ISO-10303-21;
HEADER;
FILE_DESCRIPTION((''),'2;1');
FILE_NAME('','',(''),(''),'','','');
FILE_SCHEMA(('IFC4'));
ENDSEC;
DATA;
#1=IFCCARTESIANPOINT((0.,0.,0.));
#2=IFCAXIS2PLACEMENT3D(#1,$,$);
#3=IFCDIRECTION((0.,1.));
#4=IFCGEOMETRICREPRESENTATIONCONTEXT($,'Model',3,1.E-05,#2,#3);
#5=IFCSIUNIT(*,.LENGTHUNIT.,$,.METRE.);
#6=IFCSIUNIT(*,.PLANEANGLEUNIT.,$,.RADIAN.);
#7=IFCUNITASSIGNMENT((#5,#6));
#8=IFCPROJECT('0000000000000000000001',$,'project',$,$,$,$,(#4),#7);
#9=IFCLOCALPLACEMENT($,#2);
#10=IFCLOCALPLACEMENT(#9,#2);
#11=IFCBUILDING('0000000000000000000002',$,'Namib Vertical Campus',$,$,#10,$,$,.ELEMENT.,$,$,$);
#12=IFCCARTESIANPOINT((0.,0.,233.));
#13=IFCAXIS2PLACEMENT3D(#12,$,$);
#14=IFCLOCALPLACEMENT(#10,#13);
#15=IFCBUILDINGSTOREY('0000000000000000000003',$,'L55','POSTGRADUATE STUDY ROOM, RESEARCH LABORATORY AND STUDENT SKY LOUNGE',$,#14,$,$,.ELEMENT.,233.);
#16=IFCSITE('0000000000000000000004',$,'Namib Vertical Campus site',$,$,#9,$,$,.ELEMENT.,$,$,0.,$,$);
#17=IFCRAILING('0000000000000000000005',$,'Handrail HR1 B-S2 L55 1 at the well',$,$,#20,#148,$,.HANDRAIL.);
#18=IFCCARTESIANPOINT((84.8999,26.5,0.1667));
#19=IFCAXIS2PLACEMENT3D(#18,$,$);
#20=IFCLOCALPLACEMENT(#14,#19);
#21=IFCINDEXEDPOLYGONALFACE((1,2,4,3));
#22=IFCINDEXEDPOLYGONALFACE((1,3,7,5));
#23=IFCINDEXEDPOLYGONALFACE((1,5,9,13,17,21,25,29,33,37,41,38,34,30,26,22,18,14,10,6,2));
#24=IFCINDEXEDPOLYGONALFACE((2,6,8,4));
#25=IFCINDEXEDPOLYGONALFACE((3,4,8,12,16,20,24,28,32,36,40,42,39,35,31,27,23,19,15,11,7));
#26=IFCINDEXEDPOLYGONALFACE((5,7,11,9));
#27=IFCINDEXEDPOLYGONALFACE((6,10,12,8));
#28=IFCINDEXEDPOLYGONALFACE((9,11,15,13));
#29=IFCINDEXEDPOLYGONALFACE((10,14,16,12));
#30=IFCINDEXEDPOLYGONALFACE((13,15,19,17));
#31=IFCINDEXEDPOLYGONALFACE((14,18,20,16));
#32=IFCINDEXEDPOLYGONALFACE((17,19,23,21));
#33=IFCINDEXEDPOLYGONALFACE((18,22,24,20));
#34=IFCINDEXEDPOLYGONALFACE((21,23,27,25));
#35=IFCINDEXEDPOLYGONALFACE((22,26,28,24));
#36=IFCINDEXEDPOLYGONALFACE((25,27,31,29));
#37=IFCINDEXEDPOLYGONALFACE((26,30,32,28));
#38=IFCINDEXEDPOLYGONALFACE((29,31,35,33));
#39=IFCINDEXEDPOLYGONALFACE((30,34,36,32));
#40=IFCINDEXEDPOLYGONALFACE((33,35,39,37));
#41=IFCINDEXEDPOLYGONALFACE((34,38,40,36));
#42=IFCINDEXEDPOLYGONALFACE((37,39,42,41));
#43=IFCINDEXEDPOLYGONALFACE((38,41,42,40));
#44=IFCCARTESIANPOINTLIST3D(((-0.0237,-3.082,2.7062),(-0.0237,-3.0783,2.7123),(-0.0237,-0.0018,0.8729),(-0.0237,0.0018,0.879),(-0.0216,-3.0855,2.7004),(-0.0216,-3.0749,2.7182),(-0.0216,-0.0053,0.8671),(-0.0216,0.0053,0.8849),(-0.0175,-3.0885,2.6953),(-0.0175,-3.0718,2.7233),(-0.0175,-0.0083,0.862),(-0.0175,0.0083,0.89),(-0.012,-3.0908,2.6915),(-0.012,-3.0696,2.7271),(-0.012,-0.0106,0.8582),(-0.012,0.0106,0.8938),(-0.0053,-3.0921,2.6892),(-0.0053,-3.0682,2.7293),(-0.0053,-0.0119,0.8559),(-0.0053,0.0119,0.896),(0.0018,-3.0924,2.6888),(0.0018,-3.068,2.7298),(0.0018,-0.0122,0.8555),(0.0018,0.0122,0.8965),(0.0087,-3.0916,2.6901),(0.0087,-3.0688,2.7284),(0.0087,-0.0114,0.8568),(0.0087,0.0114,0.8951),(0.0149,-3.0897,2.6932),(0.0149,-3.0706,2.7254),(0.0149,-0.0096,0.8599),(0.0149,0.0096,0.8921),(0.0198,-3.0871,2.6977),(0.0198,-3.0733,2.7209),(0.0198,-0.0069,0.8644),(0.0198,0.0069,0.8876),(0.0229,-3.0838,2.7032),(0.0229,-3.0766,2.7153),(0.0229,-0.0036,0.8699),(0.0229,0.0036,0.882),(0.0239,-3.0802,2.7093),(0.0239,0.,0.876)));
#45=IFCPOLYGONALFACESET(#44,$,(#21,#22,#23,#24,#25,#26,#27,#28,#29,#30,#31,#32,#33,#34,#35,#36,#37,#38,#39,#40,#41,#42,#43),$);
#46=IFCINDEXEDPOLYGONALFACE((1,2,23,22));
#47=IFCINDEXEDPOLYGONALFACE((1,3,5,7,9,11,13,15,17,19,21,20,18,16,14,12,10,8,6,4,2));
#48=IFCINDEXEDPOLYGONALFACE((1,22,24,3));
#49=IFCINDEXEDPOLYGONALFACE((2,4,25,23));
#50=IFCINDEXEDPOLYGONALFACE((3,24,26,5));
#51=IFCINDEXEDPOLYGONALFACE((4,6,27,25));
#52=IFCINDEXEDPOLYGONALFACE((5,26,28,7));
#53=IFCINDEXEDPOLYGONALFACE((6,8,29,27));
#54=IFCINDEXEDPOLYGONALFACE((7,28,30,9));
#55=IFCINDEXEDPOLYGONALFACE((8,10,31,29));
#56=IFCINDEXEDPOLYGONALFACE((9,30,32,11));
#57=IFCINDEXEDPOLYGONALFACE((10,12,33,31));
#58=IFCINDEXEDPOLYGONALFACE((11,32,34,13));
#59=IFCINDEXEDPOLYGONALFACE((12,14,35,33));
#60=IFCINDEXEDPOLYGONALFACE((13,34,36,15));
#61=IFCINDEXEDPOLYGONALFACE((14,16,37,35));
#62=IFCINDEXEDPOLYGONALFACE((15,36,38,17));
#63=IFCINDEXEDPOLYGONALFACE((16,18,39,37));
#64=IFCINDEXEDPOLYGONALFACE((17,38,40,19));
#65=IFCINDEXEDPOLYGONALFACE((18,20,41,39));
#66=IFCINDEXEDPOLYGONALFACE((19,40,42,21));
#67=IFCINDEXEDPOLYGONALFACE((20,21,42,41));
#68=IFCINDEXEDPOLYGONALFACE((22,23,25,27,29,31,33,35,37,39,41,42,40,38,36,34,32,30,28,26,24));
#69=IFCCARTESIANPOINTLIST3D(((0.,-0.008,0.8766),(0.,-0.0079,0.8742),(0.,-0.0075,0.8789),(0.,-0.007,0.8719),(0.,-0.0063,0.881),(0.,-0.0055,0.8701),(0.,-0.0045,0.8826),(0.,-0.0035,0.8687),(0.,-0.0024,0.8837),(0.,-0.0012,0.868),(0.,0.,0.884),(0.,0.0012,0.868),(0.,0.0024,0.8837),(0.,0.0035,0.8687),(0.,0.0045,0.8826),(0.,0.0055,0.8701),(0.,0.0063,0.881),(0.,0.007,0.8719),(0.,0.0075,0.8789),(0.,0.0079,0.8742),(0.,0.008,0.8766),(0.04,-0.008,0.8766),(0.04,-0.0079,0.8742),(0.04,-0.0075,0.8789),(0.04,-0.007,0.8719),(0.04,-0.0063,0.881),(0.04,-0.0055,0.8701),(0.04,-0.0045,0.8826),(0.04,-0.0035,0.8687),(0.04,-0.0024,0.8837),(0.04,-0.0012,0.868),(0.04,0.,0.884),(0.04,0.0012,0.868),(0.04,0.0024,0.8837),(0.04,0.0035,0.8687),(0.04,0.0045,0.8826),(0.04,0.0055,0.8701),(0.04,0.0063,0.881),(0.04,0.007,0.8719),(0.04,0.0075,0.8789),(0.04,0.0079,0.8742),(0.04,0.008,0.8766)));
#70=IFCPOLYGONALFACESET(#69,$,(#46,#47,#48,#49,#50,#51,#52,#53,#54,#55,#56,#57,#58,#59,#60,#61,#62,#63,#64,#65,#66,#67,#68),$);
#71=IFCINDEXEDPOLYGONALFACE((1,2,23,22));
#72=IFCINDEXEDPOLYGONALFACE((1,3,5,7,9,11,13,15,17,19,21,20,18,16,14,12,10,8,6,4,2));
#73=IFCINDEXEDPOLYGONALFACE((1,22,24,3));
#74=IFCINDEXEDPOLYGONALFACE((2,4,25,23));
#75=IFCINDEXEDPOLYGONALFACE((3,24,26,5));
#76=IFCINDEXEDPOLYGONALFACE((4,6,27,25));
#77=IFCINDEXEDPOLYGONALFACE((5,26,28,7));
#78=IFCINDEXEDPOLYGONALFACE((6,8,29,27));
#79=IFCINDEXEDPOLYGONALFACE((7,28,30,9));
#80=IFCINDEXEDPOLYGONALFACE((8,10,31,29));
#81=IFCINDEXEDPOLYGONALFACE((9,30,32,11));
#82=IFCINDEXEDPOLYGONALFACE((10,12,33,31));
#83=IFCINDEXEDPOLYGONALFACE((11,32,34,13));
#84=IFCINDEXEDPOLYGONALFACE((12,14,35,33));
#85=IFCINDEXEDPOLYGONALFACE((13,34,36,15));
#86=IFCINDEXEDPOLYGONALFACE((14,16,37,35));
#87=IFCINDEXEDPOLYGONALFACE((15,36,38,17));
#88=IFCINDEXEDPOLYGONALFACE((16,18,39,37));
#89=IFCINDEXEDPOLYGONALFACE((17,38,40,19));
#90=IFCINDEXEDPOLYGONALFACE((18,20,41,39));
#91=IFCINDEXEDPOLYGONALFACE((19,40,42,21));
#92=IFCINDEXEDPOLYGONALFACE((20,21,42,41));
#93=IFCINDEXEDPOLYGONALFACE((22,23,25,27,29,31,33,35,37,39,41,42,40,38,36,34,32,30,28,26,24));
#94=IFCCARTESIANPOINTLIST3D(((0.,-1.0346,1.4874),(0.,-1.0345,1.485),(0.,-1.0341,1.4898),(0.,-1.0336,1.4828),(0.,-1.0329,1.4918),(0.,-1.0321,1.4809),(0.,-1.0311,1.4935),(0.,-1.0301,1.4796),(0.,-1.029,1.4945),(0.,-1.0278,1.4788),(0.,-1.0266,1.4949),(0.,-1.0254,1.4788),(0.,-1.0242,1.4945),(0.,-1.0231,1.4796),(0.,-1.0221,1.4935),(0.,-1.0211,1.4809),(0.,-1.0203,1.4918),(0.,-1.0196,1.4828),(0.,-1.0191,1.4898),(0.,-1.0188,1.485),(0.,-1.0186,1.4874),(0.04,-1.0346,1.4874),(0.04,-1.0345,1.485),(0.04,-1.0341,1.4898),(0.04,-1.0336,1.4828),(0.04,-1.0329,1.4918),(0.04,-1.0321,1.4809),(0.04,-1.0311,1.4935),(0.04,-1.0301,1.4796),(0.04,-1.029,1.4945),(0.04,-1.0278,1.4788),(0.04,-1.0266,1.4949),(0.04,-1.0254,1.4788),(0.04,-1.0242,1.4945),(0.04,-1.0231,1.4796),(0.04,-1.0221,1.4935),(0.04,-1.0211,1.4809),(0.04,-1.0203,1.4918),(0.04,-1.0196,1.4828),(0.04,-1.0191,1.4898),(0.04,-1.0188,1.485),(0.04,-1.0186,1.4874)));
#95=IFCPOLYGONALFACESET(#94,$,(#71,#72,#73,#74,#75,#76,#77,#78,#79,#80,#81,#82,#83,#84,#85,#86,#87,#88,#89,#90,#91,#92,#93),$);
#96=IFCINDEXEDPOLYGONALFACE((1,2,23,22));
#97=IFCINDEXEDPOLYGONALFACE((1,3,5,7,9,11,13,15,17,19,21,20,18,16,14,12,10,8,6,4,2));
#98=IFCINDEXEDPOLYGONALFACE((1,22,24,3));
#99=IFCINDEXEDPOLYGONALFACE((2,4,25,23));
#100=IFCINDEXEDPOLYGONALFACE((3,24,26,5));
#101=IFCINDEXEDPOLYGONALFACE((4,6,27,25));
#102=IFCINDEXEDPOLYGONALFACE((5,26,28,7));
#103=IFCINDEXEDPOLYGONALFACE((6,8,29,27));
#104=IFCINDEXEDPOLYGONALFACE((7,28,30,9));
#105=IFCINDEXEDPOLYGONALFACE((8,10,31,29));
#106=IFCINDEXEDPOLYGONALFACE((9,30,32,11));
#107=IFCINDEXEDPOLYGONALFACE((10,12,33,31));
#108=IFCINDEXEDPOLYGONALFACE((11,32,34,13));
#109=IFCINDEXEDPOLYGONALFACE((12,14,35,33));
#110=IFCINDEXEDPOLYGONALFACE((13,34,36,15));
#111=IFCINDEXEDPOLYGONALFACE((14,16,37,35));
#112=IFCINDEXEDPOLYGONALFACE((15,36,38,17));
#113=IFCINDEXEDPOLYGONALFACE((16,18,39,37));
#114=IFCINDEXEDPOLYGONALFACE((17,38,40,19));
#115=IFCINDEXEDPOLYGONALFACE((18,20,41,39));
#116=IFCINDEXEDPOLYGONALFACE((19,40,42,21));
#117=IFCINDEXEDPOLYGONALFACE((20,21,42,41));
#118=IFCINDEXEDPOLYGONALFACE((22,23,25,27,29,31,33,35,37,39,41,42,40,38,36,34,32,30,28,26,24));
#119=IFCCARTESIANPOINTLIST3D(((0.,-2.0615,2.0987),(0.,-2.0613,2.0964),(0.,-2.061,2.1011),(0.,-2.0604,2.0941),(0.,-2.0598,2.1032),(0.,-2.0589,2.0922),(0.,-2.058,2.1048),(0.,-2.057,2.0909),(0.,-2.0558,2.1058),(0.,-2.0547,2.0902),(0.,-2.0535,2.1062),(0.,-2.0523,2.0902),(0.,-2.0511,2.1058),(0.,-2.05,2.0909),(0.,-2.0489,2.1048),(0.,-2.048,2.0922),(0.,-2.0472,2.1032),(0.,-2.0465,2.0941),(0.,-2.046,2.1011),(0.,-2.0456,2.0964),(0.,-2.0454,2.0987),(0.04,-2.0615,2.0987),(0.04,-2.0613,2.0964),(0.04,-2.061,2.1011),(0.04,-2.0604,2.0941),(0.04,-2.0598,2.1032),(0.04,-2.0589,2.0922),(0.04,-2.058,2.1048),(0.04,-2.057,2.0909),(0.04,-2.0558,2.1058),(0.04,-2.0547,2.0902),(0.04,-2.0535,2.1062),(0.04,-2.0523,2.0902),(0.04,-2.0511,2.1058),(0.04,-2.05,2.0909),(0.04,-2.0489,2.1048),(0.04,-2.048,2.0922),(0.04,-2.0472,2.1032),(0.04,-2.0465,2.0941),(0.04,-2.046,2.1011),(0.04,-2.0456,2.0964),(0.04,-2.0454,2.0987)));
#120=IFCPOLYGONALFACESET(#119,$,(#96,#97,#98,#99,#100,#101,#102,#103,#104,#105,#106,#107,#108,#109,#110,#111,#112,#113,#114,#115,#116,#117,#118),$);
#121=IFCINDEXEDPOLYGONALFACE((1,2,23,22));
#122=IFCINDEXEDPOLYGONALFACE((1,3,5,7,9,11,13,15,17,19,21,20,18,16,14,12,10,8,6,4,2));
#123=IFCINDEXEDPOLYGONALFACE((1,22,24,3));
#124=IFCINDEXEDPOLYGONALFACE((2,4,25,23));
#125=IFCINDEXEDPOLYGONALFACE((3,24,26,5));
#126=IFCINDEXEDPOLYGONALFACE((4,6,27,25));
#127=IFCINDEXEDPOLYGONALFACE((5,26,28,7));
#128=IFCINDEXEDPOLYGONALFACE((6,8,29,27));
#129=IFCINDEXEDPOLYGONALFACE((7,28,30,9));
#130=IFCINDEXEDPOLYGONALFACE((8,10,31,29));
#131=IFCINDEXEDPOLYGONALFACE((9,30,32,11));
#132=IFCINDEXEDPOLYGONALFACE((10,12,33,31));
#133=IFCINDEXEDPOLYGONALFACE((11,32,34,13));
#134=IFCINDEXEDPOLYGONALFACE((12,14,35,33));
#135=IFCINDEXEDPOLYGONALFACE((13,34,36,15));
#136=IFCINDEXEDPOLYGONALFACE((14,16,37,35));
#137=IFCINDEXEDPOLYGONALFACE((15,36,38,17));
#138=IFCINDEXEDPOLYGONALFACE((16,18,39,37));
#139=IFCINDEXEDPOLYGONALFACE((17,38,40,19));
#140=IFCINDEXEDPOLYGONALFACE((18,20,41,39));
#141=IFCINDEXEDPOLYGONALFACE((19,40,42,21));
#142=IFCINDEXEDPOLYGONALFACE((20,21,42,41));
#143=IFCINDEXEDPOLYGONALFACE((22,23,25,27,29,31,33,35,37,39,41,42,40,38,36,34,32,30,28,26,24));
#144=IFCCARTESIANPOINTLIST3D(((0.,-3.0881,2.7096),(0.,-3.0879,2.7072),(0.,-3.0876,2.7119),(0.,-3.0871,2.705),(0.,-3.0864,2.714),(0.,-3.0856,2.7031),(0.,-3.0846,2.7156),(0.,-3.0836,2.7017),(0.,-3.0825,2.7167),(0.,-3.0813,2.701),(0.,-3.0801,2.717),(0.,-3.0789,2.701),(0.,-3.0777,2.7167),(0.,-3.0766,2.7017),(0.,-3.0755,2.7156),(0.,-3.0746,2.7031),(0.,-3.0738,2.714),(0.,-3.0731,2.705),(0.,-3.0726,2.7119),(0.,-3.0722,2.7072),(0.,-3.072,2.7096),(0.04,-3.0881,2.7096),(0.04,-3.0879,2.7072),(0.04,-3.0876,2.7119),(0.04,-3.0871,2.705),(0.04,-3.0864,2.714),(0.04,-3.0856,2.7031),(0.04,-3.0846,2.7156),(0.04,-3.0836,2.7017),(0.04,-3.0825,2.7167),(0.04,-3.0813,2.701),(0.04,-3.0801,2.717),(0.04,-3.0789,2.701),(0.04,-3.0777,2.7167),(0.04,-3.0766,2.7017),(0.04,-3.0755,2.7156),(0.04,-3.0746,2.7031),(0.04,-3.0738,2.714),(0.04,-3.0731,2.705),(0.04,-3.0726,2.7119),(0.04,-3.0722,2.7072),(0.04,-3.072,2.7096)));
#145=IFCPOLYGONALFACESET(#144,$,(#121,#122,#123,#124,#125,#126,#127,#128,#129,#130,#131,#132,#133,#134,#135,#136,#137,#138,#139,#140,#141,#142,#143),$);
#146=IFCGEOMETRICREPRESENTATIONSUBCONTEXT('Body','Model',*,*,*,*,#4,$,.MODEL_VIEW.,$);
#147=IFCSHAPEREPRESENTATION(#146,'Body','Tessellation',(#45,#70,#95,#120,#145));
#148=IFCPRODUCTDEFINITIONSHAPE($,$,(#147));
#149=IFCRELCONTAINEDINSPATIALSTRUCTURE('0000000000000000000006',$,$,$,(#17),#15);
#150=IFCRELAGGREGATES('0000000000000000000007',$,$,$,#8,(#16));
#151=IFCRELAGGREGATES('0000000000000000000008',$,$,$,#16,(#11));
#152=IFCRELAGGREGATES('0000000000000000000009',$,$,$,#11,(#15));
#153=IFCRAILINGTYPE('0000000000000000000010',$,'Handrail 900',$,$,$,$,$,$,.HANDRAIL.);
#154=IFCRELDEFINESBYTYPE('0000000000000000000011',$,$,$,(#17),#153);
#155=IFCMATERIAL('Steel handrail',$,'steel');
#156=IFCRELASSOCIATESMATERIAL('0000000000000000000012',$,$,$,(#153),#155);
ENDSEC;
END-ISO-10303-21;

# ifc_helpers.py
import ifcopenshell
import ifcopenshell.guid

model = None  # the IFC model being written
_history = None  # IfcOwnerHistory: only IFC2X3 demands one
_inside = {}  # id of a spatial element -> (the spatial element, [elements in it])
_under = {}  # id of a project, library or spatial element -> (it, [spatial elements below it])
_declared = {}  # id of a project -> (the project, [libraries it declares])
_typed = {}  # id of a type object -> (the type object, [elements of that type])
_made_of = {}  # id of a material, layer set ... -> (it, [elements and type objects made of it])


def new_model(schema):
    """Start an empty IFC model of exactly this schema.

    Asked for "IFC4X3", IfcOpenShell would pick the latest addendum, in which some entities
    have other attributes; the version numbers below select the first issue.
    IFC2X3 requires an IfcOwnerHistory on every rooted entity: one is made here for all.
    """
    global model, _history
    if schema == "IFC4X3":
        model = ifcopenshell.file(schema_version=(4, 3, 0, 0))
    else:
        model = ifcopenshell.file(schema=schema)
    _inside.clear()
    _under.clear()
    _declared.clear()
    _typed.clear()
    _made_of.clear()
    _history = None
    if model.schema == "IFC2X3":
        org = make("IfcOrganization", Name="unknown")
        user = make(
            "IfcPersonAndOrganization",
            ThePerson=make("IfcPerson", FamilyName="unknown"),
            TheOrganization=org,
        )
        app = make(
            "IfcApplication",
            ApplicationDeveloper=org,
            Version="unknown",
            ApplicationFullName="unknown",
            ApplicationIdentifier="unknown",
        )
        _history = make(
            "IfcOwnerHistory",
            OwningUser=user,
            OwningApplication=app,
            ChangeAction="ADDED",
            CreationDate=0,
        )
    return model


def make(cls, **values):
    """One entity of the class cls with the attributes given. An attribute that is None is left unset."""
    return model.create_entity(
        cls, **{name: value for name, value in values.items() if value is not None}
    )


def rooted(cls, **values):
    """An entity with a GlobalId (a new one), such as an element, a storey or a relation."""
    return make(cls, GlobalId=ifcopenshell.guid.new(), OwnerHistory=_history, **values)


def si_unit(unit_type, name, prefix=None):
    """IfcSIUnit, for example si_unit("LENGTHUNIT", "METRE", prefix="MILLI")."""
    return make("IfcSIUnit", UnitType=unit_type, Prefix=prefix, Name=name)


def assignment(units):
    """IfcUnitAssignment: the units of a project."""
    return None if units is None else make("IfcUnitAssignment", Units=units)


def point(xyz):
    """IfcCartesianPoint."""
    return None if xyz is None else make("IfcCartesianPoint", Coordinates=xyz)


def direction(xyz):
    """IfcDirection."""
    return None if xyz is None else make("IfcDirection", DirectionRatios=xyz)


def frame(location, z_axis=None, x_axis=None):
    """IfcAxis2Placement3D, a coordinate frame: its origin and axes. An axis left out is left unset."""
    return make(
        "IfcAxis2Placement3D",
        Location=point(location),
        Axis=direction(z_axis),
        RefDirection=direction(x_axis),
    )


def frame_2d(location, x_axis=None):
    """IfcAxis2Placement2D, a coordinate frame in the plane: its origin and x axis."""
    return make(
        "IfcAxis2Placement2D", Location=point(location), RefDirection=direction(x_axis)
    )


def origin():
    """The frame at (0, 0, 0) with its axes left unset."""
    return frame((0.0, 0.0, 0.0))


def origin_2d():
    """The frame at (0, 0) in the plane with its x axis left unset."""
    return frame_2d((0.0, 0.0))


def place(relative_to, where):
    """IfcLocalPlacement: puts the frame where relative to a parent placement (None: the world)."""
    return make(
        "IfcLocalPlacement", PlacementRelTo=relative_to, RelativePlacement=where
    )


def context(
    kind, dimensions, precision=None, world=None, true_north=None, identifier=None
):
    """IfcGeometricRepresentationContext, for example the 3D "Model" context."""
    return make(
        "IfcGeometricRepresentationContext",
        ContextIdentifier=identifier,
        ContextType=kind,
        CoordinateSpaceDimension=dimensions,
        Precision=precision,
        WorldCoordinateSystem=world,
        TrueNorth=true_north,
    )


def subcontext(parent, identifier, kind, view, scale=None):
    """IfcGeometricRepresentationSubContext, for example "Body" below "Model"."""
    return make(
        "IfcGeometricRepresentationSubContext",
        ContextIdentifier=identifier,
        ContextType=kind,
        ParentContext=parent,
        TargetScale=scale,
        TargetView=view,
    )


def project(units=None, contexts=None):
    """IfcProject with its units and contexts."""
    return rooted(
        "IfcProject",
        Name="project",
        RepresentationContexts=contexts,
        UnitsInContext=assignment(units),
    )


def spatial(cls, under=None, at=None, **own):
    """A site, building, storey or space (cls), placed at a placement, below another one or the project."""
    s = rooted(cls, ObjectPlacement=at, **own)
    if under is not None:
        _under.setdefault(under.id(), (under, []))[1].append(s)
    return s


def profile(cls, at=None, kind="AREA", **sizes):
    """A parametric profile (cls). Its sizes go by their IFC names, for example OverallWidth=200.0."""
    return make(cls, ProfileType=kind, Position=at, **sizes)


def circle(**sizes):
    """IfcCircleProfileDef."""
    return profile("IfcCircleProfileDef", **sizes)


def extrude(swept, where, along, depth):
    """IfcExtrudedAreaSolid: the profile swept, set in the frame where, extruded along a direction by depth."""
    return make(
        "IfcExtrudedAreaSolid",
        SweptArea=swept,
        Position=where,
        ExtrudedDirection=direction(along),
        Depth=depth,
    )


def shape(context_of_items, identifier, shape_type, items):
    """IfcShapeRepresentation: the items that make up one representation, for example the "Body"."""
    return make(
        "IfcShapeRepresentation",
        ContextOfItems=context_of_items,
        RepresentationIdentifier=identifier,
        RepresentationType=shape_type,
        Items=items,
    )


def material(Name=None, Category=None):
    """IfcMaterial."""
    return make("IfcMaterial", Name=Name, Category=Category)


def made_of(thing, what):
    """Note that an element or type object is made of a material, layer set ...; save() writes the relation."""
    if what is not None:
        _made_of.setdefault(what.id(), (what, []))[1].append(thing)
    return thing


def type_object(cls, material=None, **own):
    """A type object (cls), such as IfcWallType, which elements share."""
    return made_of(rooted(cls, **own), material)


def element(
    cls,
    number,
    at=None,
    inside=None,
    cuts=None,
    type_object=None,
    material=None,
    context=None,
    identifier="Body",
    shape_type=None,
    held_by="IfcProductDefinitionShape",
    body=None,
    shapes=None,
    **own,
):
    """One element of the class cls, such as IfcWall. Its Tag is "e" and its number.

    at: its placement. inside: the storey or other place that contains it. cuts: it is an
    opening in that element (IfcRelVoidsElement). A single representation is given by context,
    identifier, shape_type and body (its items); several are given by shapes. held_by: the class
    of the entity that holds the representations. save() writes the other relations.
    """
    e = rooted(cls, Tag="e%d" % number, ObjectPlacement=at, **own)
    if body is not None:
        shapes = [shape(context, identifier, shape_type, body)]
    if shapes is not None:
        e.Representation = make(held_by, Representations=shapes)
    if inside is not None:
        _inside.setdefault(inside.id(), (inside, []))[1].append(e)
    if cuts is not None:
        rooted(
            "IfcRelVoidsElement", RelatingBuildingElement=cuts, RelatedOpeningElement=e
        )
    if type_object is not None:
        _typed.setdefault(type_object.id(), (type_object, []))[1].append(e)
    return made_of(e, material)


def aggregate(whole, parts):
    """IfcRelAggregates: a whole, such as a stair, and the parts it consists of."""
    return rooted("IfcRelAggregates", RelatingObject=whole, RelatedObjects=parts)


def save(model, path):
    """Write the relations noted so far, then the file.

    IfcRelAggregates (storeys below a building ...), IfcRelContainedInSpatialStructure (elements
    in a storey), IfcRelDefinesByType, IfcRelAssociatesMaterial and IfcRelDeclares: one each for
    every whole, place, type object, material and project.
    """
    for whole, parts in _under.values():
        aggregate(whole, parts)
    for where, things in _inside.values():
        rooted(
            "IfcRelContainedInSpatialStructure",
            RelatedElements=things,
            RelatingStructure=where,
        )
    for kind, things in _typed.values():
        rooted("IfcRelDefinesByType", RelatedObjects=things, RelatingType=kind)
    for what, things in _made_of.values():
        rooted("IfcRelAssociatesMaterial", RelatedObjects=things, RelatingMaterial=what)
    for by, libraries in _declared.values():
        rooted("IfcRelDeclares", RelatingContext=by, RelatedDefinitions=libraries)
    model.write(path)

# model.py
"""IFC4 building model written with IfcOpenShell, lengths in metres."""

from ifc_helpers import new_model, si_unit, direction, frame, origin, origin_2d, place, context, subcontext, project, spatial, circle, extrude, material, type_object, element, save


model = new_model("IFC4")

# Units and contexts
model_context = context("Model", 3, precision=1e-05, world=origin(), true_north=direction((0.0, 1.0)))
body_context = subcontext(model_context, "Body", "Model", "MODEL_VIEW")
ifc_project = project(units=[si_unit("LENGTHUNIT", "METRE"), si_unit("PLANEANGLEUNIT", "RADIAN")], contexts=[model_context])

# Site, building, storey
site_placement = place(None, origin())
site = spatial("IfcSite", under=ifc_project, at=site_placement, Name="Namib Vertical Campus site", CompositionType="ELEMENT", RefElevation=0.0)
building_placement = place(site_placement, origin())
building = spatial("IfcBuilding", under=site, at=building_placement, Name="Namib Vertical Campus", CompositionType="ELEMENT")
storey_placement = place(building_placement, frame((0.0, 0.0, 233.0)))
storey = spatial("IfcBuildingStorey", under=building, at=storey_placement, Name="L55", Description="POSTGRADUATE STUDY ROOM, RESEARCH LABORATORY AND STUDENT SKY LOUNGE", CompositionType="ELEMENT", Elevation=233.0)

# Railing
ifc_material_1 = material(Name="Steel handrail", Category="steel")
railing_type_1 = type_object("IfcRailingType", Name="Handrail 900", PredefinedType="HANDRAIL", material=ifc_material_1)
railing_1_placement = place(storey_placement, frame((84.8999, 26.5, 0.1667)))
element("IfcRailing", 1, at=railing_1_placement, inside=storey, type_object=railing_type_1, Name="Handrail HR1 B-S2 L55 1 at the well", PredefinedType="HANDRAIL", context=body_context, shape_type="SweptSolid", body=[
    extrude(circle(Radius=0.0239, at=origin_2d()), frame((0.0, 0.0, 0.876), z_axis=(0.0, -0.859309, 0.511458), x_axis=(1.0, 0.0, 0.0)), (0.0, 0.0, 1.0), 3.5845),
    extrude(circle(Radius=0.0081, at=origin_2d()), frame((0.0, 0.0, 0.876), z_axis=(1.0, 0.0, 0.0), x_axis=(0.0, 0.0, 1.0)), (0.0, 0.0, 1.0), 0.04),
    extrude(circle(Radius=0.0081, at=origin_2d()), frame((0.0, -1.0266, 1.4868), z_axis=(1.0, 0.0, 0.0), x_axis=(0.0, 0.0, 1.0)), (0.0, 0.0, 1.0), 0.04),
    extrude(circle(Radius=0.0081, at=origin_2d()), frame((0.0, -2.0535, 2.0981), z_axis=(1.0, 0.0, 0.0), x_axis=(0.0, 0.0, 1.0)), (0.0, 0.0, 1.0), 0.04),
    extrude(circle(Radius=0.0081, at=origin_2d()), frame((0.0, -3.0801, 2.709), z_axis=(1.0, 0.0, 0.0), x_axis=(0.0, 0.0, 1.0)), (0.0, 0.0, 1.0), 0.04),
])

save(model, "model.ifc")
